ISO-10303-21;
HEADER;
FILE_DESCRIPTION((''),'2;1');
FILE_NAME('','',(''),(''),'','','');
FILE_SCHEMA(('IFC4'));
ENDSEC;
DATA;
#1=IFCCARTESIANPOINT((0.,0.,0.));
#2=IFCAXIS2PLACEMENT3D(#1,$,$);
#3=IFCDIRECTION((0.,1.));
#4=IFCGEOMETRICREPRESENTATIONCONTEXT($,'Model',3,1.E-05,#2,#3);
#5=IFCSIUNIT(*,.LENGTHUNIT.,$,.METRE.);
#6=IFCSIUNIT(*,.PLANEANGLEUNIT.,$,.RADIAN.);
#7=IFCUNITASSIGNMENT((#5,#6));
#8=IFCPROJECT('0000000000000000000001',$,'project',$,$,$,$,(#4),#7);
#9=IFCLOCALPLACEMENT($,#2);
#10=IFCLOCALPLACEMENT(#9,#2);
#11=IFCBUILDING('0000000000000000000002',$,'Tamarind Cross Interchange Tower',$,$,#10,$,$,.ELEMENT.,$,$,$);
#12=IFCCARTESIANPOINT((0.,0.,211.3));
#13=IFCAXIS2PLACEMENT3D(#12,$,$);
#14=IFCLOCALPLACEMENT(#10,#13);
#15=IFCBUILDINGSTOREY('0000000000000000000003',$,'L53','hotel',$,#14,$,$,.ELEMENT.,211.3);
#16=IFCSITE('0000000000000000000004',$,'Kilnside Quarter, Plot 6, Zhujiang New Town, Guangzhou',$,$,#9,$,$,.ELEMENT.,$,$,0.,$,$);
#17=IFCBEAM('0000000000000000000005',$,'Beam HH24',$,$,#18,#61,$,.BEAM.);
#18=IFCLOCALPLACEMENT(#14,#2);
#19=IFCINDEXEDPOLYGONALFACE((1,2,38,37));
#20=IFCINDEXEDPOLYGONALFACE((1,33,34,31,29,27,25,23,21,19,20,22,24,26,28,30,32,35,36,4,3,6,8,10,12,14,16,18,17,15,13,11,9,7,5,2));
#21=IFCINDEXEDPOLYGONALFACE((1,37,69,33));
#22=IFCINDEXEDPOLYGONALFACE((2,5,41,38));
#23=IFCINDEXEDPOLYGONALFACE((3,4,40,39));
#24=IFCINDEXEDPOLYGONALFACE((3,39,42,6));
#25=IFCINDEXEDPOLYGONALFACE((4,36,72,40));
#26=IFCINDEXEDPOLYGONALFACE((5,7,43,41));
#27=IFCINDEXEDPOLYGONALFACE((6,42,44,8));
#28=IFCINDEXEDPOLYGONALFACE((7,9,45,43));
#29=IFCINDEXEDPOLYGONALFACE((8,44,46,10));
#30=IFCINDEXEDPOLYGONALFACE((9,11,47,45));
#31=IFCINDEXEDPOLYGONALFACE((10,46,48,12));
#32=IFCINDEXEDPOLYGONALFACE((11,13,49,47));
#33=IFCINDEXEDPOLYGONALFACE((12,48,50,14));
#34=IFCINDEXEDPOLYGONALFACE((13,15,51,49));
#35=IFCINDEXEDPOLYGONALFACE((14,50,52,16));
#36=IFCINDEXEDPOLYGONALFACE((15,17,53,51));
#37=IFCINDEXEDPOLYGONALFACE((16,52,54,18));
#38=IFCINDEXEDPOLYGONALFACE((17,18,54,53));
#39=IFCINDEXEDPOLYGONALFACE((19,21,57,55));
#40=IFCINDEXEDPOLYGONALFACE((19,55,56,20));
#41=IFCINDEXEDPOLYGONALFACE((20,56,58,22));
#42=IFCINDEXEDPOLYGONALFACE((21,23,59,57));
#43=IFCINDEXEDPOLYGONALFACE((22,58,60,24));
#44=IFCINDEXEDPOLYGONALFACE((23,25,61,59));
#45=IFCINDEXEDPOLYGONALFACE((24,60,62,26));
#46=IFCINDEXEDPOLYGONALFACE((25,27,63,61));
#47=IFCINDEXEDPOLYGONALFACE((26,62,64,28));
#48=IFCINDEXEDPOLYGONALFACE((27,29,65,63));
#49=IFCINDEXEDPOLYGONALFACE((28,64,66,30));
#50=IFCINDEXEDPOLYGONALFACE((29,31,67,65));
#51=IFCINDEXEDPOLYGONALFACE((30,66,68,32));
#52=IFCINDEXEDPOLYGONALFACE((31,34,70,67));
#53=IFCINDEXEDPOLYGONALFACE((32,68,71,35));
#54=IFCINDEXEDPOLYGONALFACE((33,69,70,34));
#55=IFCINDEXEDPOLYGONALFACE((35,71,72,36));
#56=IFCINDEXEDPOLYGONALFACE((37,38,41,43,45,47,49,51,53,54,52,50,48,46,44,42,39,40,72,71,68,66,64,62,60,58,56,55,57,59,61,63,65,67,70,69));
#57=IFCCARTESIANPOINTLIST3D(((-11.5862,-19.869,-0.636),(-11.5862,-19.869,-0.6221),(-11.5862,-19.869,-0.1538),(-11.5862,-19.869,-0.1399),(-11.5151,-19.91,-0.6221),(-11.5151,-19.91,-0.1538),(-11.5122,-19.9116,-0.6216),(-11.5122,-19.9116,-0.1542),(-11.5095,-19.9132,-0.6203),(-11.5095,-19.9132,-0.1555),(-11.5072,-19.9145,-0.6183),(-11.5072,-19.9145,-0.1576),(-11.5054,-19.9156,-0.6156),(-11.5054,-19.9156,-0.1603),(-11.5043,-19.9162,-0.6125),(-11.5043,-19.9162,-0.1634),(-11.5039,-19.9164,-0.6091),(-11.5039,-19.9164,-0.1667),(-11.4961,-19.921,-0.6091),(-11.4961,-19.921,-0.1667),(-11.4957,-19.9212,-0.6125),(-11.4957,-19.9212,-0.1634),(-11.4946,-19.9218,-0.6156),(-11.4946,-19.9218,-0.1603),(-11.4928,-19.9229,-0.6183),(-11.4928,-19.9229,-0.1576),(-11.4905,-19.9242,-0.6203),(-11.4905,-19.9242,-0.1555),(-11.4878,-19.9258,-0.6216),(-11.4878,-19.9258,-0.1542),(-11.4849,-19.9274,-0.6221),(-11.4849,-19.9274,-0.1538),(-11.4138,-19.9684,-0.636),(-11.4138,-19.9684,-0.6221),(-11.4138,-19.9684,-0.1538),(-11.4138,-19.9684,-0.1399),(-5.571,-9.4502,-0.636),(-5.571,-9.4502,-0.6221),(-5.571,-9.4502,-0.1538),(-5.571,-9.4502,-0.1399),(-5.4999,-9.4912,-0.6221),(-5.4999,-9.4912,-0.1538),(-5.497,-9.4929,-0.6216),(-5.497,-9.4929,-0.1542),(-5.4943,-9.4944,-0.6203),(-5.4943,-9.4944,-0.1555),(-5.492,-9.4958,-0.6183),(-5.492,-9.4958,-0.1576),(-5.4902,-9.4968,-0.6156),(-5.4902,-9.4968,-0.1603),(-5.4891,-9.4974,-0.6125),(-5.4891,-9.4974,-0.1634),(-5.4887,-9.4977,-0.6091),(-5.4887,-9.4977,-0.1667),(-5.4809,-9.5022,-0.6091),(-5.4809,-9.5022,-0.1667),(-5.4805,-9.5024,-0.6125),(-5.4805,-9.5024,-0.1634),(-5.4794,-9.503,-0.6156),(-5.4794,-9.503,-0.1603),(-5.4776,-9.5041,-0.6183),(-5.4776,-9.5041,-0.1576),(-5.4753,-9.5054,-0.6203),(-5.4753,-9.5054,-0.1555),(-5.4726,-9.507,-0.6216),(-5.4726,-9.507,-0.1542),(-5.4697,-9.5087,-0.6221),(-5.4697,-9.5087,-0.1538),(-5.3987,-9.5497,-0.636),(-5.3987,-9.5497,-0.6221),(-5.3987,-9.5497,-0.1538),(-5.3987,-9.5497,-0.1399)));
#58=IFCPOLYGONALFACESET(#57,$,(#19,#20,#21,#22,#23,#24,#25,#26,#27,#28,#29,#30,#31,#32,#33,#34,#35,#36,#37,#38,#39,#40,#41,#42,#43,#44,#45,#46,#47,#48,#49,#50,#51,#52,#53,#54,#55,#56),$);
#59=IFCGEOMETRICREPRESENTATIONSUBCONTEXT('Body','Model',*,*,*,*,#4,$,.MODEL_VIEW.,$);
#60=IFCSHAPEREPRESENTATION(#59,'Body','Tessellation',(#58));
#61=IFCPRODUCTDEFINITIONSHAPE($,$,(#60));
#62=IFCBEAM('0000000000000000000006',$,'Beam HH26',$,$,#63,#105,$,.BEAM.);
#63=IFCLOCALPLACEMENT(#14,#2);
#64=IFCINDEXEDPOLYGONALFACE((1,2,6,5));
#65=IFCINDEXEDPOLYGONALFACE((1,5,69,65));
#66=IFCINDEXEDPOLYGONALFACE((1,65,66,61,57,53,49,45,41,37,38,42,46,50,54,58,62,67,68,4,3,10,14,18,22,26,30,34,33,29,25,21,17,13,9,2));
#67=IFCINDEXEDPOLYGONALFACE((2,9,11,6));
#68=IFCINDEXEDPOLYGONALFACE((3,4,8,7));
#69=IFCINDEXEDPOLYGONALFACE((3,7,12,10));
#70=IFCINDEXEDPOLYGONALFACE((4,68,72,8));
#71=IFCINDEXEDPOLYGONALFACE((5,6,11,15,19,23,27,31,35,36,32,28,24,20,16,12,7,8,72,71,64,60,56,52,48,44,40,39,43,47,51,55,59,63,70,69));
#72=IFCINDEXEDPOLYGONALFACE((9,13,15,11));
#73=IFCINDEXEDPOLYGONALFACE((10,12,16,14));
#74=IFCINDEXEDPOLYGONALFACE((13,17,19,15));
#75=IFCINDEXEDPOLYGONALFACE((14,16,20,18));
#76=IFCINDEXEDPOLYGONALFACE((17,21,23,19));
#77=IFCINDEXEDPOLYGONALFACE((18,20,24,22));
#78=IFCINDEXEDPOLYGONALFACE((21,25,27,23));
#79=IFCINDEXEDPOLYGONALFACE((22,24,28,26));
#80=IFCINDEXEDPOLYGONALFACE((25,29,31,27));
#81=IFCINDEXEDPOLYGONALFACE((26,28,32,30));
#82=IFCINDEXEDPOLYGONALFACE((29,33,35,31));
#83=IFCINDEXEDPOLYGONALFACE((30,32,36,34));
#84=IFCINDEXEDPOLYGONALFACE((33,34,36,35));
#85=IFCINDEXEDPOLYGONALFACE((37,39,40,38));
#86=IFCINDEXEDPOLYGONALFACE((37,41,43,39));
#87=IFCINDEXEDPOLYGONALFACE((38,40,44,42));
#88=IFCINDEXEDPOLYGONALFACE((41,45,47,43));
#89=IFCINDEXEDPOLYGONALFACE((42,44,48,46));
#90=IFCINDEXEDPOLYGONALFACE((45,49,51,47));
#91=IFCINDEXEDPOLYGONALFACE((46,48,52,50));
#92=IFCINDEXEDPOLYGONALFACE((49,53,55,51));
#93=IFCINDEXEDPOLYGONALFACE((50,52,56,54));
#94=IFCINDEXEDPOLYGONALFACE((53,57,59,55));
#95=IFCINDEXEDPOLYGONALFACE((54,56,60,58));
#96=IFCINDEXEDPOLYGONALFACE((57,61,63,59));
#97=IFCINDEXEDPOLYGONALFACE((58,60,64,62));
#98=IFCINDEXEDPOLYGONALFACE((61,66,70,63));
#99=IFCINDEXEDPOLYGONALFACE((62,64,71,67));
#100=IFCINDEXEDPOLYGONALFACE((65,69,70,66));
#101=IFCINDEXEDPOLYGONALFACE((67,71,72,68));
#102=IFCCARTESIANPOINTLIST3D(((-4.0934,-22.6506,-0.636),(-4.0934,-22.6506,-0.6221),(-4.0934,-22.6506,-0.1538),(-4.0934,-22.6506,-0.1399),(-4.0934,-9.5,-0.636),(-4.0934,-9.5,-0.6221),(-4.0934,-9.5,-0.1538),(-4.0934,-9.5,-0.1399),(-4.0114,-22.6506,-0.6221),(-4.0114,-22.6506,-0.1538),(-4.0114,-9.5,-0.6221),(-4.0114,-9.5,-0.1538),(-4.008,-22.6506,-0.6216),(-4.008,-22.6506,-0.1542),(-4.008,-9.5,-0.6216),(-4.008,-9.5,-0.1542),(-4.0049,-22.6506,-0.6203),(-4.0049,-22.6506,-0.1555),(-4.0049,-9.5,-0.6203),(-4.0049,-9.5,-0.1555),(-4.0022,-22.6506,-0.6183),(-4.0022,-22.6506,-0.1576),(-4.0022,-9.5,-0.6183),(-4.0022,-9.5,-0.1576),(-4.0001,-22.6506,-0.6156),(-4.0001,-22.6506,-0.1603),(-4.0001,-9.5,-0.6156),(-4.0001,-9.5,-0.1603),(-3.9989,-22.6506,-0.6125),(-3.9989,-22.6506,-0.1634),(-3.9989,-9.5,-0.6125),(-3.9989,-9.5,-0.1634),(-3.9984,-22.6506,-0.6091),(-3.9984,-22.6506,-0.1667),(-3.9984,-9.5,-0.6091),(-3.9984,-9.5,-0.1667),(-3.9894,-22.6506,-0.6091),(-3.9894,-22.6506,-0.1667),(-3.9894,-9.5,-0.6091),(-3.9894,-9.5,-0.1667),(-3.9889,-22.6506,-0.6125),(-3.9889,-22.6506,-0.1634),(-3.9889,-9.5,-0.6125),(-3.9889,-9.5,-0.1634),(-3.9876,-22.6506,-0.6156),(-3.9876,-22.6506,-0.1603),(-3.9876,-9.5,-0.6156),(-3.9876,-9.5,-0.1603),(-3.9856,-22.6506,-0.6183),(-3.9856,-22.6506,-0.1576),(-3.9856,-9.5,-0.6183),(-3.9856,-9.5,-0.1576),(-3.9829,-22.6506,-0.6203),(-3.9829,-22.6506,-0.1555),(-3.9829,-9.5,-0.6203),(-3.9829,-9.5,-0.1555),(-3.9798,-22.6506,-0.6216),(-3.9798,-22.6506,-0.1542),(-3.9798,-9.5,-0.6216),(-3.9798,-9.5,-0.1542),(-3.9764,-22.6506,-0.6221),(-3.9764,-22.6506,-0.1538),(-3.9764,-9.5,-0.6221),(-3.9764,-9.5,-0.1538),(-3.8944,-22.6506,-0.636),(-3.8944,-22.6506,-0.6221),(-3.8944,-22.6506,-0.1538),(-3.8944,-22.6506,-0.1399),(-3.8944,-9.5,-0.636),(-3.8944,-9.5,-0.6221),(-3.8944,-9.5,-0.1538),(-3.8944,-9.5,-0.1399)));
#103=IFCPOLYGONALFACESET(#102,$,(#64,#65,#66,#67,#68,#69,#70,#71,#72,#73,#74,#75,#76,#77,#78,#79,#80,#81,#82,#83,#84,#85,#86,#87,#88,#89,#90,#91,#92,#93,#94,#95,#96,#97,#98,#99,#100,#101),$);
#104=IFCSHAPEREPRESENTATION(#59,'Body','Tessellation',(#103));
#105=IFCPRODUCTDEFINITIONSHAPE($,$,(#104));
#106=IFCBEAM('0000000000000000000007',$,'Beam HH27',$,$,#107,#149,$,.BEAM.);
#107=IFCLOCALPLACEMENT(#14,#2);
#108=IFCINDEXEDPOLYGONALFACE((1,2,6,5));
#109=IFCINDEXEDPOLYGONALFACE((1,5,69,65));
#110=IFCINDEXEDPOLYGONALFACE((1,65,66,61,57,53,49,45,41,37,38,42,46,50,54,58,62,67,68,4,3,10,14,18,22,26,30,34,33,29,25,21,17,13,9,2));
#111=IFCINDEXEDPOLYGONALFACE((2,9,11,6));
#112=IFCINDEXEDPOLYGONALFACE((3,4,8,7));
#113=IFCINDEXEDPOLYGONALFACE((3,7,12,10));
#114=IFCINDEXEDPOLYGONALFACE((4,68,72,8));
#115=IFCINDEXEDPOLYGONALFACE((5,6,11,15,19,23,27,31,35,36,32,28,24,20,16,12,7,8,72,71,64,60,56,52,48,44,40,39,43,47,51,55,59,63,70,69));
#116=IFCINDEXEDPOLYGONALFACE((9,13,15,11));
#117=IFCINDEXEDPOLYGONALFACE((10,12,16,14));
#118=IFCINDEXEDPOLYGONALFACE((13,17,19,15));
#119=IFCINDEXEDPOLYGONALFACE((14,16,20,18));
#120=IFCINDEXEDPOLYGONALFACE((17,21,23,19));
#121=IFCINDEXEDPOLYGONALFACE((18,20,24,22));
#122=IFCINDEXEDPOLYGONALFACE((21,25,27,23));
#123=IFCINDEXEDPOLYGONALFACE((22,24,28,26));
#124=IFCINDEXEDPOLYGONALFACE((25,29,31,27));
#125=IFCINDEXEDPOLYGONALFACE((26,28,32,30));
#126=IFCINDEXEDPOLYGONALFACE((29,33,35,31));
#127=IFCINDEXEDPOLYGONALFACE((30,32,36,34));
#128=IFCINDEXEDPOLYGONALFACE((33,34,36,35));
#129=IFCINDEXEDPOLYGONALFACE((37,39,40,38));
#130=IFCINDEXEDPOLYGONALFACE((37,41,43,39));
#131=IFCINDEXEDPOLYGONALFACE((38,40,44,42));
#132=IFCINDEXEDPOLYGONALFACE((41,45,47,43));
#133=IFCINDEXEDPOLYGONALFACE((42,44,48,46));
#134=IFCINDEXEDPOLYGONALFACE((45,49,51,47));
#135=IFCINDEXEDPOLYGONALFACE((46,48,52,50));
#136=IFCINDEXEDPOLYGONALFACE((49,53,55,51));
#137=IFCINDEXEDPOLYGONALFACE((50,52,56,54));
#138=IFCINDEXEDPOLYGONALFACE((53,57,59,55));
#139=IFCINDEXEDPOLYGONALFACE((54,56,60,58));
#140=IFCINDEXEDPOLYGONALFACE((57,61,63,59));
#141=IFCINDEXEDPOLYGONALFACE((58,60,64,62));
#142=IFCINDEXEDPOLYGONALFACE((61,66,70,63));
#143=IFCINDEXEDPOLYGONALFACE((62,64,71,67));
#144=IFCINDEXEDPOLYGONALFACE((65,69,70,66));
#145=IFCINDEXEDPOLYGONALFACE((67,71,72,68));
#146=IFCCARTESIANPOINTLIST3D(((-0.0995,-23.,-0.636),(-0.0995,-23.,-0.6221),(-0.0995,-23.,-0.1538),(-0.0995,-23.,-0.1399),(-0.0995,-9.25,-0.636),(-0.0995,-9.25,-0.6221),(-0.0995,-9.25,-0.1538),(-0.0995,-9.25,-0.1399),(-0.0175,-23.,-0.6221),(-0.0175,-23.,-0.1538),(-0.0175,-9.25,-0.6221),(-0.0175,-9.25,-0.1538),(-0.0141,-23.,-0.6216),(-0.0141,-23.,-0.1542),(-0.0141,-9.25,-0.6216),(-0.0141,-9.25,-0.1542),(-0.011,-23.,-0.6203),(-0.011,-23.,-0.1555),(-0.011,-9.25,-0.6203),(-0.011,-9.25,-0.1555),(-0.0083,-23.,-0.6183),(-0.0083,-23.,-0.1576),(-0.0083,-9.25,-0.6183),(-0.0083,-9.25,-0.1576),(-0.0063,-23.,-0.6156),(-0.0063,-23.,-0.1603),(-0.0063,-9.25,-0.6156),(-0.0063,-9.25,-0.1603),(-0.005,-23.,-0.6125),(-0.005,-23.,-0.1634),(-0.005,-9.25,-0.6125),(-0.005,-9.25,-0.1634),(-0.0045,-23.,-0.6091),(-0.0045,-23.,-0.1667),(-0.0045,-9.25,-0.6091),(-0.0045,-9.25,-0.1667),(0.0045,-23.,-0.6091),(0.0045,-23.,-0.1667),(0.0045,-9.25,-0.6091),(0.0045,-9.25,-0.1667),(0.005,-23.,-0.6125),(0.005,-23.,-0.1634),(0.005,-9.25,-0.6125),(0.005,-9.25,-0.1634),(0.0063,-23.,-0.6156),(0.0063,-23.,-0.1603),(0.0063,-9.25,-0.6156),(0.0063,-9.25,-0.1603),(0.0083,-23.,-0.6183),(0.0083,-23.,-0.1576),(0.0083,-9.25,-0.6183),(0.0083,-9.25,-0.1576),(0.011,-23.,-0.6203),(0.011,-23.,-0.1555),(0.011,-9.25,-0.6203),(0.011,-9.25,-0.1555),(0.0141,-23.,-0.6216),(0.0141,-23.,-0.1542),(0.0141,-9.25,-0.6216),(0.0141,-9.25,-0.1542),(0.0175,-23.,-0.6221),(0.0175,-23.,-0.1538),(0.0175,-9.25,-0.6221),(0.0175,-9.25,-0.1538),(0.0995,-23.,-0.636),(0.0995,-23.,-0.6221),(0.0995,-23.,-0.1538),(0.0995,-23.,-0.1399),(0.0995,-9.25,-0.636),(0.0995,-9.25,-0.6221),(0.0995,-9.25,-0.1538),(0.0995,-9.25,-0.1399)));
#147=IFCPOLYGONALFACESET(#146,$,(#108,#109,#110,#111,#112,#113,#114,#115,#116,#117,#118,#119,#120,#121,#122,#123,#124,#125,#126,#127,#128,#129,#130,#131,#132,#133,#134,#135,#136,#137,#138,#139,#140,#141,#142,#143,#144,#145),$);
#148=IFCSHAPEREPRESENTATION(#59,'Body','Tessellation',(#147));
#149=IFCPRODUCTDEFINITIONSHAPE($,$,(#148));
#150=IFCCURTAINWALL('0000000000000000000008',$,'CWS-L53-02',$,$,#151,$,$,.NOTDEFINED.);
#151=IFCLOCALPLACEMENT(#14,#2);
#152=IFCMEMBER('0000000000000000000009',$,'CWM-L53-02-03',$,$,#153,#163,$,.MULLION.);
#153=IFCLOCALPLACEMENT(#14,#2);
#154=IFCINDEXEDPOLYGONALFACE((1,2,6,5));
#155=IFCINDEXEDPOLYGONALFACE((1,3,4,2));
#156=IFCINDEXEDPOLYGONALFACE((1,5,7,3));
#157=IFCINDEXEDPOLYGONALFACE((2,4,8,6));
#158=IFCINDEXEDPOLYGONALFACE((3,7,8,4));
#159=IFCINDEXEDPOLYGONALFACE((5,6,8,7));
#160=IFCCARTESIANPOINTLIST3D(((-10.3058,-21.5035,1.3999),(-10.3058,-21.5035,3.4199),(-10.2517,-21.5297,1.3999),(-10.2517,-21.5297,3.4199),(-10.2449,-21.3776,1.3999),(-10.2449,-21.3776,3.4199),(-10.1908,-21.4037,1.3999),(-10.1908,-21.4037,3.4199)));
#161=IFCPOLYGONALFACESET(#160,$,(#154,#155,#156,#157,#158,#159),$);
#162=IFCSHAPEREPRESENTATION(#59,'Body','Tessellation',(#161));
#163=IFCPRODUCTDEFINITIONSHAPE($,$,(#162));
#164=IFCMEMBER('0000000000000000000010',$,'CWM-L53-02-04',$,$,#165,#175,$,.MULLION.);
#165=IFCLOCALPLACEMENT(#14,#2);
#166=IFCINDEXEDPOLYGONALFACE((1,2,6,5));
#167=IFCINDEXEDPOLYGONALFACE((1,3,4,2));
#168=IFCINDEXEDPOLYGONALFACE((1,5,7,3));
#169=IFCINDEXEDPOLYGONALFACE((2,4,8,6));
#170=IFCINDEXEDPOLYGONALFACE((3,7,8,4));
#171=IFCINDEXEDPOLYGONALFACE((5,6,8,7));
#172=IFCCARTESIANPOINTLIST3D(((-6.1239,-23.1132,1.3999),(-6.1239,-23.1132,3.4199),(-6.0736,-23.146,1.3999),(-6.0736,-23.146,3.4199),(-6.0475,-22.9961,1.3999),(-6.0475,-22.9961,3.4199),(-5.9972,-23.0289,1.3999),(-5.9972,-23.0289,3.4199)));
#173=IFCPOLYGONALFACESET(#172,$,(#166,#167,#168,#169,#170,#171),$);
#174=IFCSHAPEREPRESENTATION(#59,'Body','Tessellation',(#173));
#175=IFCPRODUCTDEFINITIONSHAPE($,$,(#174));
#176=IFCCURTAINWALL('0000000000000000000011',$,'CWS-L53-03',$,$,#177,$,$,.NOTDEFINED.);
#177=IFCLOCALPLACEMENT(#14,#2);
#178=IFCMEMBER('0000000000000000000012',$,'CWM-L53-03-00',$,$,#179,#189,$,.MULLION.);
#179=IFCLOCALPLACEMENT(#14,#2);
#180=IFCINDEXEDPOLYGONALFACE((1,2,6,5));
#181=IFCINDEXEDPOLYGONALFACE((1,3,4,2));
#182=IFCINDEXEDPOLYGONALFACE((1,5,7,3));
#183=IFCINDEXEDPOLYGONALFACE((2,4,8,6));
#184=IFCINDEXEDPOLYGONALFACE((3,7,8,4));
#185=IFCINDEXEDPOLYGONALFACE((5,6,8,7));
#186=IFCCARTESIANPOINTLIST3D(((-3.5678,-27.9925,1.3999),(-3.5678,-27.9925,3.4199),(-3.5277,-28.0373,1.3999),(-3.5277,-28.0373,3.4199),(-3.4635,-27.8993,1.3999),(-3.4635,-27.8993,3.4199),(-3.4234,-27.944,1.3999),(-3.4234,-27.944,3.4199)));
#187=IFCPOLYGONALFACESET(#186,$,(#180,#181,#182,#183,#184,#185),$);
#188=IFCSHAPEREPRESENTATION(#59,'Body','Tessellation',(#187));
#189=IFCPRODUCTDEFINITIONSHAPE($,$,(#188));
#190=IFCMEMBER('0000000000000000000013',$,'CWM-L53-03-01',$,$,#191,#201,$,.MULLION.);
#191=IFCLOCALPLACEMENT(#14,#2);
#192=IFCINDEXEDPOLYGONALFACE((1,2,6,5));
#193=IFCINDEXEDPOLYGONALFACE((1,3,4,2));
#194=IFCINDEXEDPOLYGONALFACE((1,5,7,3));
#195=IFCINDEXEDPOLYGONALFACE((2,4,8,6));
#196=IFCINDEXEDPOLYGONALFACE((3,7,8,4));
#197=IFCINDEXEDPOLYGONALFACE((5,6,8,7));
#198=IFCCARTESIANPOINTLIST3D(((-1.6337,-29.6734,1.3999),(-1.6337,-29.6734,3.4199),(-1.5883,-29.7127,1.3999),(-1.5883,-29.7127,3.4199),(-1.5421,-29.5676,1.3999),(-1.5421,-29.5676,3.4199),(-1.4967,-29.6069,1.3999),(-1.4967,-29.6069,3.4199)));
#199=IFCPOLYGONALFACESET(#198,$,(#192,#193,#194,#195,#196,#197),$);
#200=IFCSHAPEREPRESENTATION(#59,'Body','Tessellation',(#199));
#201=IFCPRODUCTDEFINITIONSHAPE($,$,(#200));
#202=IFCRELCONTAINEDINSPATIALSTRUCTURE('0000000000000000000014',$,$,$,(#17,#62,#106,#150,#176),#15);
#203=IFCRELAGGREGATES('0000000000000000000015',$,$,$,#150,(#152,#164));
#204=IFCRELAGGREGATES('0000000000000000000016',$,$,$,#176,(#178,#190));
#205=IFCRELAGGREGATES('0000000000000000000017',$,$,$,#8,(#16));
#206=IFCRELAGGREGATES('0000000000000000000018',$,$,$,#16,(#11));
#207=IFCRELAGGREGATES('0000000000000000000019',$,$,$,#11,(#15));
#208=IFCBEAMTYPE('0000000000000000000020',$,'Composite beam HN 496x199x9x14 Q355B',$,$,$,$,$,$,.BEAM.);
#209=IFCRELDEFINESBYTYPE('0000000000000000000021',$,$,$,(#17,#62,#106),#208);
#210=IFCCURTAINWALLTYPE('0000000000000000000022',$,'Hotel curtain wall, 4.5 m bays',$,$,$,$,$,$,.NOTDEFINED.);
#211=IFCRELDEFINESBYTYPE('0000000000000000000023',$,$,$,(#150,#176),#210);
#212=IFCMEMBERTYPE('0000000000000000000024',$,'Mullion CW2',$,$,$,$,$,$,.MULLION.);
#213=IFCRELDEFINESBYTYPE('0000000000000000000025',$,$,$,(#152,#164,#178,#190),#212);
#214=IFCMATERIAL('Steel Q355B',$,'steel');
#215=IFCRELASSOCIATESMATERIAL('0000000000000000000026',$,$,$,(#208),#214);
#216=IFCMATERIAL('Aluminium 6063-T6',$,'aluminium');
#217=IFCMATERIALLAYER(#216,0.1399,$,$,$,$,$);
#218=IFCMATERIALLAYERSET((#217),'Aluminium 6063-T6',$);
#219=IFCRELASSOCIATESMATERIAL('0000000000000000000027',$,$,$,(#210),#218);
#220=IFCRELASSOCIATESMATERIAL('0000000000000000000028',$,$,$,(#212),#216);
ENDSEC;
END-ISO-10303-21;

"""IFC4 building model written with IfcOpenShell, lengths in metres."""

from ifc_helpers import new_model, si_unit, direction, frame, origin, origin_2d, place, context, subcontext, project, spatial, rectangle, i_section, extrude, material, layer, layer_set, material_profile, profile_set, type_object, element, aggregate, save


model = new_model("IFC4")

# Units and contexts
model_context = context("Model", 3, precision=1e-05, world=origin(), true_north=direction((0.0, 1.0)))
body_context = subcontext(model_context, "Body", "Model", "MODEL_VIEW")
ifc_project = project(units=[si_unit("LENGTHUNIT", "METRE"), si_unit("PLANEANGLEUNIT", "RADIAN")], contexts=[model_context])

# Site, building, storey
site_placement = place(None, origin())
site = spatial("IfcSite", under=ifc_project, at=site_placement, Name="Kilnside Quarter, Plot 6, Zhujiang New Town, Guangzhou", CompositionType="ELEMENT", RefElevation=0.0)
building_placement = place(site_placement, origin())
building = spatial("IfcBuilding", under=site, at=building_placement, Name="Tamarind Cross Interchange Tower", CompositionType="ELEMENT")
storey_placement = place(building_placement, frame((0.0, 0.0, 211.3)))
storey = spatial("IfcBuildingStorey", under=building, at=storey_placement, Name="L53", Description="hotel", CompositionType="ELEMENT", Elevation=211.3)

# Beams
ifc_material_1 = material(Name="Steel Q355B", Category="steel")
ifc_material_profile_1 = material_profile(ifc_material_1, i_section(OverallWidth=0.199, OverallDepth=0.4961, WebThickness=0.009, FlangeThickness=0.0139, FilletRadius=0.0129, at=origin_2d()), Name="HN 496x199x9x14")
ifc_profile_set_1 = profile_set([ifc_material_profile_1], Name="Steel Q355B")
beam_type = type_object("IfcBeamType", Name="Composite beam HN 496x199x9x14 Q355B", PredefinedType="BEAM", material=ifc_profile_set_1)
beam_1_placement = place(storey_placement, frame((-11.5, -19.9187, -0.3879), z_axis=(0.499994, 0.866029, 0.0), x_axis=(-0.866029, 0.499994, 0.0)))
element("IfcBeam", 1, at=beam_1_placement, inside=storey, type_object=beam_type, Name="Beam HH24", PredefinedType="BEAM", context=body_context, shape_type="SweptSolid", body=[
    extrude(i_section(OverallWidth=0.199, OverallDepth=0.4961, WebThickness=0.009, FlangeThickness=0.0139, FilletRadius=0.0129, at=origin_2d()), origin(), (0.0, 0.0, 1.0), 12.0305),
])
beam_2_placement = place(storey_placement, frame((-3.9939, -22.6506, -0.3879), z_axis=(0.0, 1.0, 0.0), x_axis=(-1.0, 0.0, 0.0)))
element("IfcBeam", 2, at=beam_2_placement, inside=storey, type_object=beam_type, Name="Beam HH26", PredefinedType="BEAM", context=body_context, shape_type="SweptSolid", body=[
    extrude(i_section(OverallWidth=0.199, OverallDepth=0.4961, WebThickness=0.009, FlangeThickness=0.0139, FilletRadius=0.0129, at=origin_2d()), origin(), (0.0, 0.0, 1.0), 13.1506),
])
beam_3_placement = place(storey_placement, frame((0.0, -23.0, -0.3879), z_axis=(0.0, 1.0, 0.0), x_axis=(-1.0, 0.0, 0.0)))
element("IfcBeam", 3, at=beam_3_placement, inside=storey, type_object=beam_type, Name="Beam HH27", PredefinedType="BEAM", context=body_context, shape_type="SweptSolid", body=[
    extrude(i_section(OverallWidth=0.199, OverallDepth=0.4961, WebThickness=0.009, FlangeThickness=0.0139, FilletRadius=0.0129, at=origin_2d()), origin(), (0.0, 0.0, 1.0), 13.75),
])

# Curtain walls, members
ifc_material_2 = material(Name="Aluminium 6063-T6", Category="aluminium")
ifc_layer_1 = layer(ifc_material_2, 0.1399)
ifc_layer_set_1 = layer_set([ifc_layer_1], Name="Aluminium 6063-T6")
curtain_wall_type = type_object("IfcCurtainWallType", Name="Hotel curtain wall, 4.5 m bays", PredefinedType="NOTDEFINED", material=ifc_layer_set_1)
curtain_wall_1_placement = place(storey_placement, origin())
curtain_wall_1 = element("IfcCurtainWall", 4, at=curtain_wall_1_placement, inside=storey, type_object=curtain_wall_type, Name="CWS-L53-02", PredefinedType="NOTDEFINED")
ifc_material_profile_2 = material_profile(ifc_material_2, rectangle(XDim=0.0601, YDim=0.1399, at=origin_2d()), Name="Mullion CW2")
ifc_profile_set_2 = profile_set([ifc_material_profile_2], Name="Aluminium 6063-T6")
member_type = type_object("IfcMemberType", Name="Mullion CW2", PredefinedType="MULLION", material=ifc_profile_set_2)
member_1_placement = place(storey_placement, frame((-10.2483, -21.4536, 1.3999), z_axis=(0.0, 0.0, 1.0), x_axis=(0.900273, -0.435326, 0.0)))
member_1 = element("IfcMember", 5, at=member_1_placement, type_object=member_type, Name="CWM-L53-02-03", PredefinedType="MULLION", context=body_context, shape_type="SweptSolid", body=[
    extrude(rectangle(XDim=0.0601, YDim=0.1399, at=origin_2d()), origin(), (0.0, 0.0, 1.0), 2.02),
])
member_2_placement = place(storey_placement, frame((-6.0605, -23.071, 1.3999), z_axis=(0.0, 0.0, 1.0), x_axis=(0.837418, -0.546563, 0.0)))
member_2 = element("IfcMember", 6, at=member_2_placement, type_object=member_type, Name="CWM-L53-02-04", PredefinedType="MULLION", context=body_context, shape_type="SweptSolid", body=[
    extrude(rectangle(XDim=0.0601, YDim=0.1399, at=origin_2d()), origin(), (0.0, 0.0, 1.0), 2.02),
])
aggregate(curtain_wall_1, [member_1, member_2])
curtain_wall_2_placement = place(storey_placement, origin())
curtain_wall_2 = element("IfcCurtainWall", 7, at=curtain_wall_2_placement, inside=storey, type_object=curtain_wall_type, Name="CWS-L53-03", PredefinedType="NOTDEFINED")
member_3_placement = place(storey_placement, frame((-3.4956, -27.9683, 1.3999), z_axis=(0.0, 0.0, 1.0), x_axis=(0.666528, -0.74548, 0.0)))
member_3 = element("IfcMember", 8, at=member_3_placement, type_object=member_type, Name="CWM-L53-03-00", PredefinedType="MULLION", context=body_context, shape_type="SweptSolid", body=[
    extrude(rectangle(XDim=0.0601, YDim=0.1399, at=origin_2d()), origin(), (0.0, 0.0, 1.0), 2.02),
])
member_4_placement = place(storey_placement, frame((-1.5652, -29.6401, 1.3999), z_axis=(0.0, 0.0, 1.0), x_axis=(0.755917, -0.654667, 0.0)))
member_4 = element("IfcMember", 9, at=member_4_placement, type_object=member_type, Name="CWM-L53-03-01", PredefinedType="MULLION", context=body_context, shape_type="SweptSolid", body=[
    extrude(rectangle(XDim=0.0601, YDim=0.1399, at=origin_2d()), origin(), (0.0, 0.0, 1.0), 2.02),
])
aggregate(curtain_wall_2, [member_3, member_4])

save(model, "model.ifc")
